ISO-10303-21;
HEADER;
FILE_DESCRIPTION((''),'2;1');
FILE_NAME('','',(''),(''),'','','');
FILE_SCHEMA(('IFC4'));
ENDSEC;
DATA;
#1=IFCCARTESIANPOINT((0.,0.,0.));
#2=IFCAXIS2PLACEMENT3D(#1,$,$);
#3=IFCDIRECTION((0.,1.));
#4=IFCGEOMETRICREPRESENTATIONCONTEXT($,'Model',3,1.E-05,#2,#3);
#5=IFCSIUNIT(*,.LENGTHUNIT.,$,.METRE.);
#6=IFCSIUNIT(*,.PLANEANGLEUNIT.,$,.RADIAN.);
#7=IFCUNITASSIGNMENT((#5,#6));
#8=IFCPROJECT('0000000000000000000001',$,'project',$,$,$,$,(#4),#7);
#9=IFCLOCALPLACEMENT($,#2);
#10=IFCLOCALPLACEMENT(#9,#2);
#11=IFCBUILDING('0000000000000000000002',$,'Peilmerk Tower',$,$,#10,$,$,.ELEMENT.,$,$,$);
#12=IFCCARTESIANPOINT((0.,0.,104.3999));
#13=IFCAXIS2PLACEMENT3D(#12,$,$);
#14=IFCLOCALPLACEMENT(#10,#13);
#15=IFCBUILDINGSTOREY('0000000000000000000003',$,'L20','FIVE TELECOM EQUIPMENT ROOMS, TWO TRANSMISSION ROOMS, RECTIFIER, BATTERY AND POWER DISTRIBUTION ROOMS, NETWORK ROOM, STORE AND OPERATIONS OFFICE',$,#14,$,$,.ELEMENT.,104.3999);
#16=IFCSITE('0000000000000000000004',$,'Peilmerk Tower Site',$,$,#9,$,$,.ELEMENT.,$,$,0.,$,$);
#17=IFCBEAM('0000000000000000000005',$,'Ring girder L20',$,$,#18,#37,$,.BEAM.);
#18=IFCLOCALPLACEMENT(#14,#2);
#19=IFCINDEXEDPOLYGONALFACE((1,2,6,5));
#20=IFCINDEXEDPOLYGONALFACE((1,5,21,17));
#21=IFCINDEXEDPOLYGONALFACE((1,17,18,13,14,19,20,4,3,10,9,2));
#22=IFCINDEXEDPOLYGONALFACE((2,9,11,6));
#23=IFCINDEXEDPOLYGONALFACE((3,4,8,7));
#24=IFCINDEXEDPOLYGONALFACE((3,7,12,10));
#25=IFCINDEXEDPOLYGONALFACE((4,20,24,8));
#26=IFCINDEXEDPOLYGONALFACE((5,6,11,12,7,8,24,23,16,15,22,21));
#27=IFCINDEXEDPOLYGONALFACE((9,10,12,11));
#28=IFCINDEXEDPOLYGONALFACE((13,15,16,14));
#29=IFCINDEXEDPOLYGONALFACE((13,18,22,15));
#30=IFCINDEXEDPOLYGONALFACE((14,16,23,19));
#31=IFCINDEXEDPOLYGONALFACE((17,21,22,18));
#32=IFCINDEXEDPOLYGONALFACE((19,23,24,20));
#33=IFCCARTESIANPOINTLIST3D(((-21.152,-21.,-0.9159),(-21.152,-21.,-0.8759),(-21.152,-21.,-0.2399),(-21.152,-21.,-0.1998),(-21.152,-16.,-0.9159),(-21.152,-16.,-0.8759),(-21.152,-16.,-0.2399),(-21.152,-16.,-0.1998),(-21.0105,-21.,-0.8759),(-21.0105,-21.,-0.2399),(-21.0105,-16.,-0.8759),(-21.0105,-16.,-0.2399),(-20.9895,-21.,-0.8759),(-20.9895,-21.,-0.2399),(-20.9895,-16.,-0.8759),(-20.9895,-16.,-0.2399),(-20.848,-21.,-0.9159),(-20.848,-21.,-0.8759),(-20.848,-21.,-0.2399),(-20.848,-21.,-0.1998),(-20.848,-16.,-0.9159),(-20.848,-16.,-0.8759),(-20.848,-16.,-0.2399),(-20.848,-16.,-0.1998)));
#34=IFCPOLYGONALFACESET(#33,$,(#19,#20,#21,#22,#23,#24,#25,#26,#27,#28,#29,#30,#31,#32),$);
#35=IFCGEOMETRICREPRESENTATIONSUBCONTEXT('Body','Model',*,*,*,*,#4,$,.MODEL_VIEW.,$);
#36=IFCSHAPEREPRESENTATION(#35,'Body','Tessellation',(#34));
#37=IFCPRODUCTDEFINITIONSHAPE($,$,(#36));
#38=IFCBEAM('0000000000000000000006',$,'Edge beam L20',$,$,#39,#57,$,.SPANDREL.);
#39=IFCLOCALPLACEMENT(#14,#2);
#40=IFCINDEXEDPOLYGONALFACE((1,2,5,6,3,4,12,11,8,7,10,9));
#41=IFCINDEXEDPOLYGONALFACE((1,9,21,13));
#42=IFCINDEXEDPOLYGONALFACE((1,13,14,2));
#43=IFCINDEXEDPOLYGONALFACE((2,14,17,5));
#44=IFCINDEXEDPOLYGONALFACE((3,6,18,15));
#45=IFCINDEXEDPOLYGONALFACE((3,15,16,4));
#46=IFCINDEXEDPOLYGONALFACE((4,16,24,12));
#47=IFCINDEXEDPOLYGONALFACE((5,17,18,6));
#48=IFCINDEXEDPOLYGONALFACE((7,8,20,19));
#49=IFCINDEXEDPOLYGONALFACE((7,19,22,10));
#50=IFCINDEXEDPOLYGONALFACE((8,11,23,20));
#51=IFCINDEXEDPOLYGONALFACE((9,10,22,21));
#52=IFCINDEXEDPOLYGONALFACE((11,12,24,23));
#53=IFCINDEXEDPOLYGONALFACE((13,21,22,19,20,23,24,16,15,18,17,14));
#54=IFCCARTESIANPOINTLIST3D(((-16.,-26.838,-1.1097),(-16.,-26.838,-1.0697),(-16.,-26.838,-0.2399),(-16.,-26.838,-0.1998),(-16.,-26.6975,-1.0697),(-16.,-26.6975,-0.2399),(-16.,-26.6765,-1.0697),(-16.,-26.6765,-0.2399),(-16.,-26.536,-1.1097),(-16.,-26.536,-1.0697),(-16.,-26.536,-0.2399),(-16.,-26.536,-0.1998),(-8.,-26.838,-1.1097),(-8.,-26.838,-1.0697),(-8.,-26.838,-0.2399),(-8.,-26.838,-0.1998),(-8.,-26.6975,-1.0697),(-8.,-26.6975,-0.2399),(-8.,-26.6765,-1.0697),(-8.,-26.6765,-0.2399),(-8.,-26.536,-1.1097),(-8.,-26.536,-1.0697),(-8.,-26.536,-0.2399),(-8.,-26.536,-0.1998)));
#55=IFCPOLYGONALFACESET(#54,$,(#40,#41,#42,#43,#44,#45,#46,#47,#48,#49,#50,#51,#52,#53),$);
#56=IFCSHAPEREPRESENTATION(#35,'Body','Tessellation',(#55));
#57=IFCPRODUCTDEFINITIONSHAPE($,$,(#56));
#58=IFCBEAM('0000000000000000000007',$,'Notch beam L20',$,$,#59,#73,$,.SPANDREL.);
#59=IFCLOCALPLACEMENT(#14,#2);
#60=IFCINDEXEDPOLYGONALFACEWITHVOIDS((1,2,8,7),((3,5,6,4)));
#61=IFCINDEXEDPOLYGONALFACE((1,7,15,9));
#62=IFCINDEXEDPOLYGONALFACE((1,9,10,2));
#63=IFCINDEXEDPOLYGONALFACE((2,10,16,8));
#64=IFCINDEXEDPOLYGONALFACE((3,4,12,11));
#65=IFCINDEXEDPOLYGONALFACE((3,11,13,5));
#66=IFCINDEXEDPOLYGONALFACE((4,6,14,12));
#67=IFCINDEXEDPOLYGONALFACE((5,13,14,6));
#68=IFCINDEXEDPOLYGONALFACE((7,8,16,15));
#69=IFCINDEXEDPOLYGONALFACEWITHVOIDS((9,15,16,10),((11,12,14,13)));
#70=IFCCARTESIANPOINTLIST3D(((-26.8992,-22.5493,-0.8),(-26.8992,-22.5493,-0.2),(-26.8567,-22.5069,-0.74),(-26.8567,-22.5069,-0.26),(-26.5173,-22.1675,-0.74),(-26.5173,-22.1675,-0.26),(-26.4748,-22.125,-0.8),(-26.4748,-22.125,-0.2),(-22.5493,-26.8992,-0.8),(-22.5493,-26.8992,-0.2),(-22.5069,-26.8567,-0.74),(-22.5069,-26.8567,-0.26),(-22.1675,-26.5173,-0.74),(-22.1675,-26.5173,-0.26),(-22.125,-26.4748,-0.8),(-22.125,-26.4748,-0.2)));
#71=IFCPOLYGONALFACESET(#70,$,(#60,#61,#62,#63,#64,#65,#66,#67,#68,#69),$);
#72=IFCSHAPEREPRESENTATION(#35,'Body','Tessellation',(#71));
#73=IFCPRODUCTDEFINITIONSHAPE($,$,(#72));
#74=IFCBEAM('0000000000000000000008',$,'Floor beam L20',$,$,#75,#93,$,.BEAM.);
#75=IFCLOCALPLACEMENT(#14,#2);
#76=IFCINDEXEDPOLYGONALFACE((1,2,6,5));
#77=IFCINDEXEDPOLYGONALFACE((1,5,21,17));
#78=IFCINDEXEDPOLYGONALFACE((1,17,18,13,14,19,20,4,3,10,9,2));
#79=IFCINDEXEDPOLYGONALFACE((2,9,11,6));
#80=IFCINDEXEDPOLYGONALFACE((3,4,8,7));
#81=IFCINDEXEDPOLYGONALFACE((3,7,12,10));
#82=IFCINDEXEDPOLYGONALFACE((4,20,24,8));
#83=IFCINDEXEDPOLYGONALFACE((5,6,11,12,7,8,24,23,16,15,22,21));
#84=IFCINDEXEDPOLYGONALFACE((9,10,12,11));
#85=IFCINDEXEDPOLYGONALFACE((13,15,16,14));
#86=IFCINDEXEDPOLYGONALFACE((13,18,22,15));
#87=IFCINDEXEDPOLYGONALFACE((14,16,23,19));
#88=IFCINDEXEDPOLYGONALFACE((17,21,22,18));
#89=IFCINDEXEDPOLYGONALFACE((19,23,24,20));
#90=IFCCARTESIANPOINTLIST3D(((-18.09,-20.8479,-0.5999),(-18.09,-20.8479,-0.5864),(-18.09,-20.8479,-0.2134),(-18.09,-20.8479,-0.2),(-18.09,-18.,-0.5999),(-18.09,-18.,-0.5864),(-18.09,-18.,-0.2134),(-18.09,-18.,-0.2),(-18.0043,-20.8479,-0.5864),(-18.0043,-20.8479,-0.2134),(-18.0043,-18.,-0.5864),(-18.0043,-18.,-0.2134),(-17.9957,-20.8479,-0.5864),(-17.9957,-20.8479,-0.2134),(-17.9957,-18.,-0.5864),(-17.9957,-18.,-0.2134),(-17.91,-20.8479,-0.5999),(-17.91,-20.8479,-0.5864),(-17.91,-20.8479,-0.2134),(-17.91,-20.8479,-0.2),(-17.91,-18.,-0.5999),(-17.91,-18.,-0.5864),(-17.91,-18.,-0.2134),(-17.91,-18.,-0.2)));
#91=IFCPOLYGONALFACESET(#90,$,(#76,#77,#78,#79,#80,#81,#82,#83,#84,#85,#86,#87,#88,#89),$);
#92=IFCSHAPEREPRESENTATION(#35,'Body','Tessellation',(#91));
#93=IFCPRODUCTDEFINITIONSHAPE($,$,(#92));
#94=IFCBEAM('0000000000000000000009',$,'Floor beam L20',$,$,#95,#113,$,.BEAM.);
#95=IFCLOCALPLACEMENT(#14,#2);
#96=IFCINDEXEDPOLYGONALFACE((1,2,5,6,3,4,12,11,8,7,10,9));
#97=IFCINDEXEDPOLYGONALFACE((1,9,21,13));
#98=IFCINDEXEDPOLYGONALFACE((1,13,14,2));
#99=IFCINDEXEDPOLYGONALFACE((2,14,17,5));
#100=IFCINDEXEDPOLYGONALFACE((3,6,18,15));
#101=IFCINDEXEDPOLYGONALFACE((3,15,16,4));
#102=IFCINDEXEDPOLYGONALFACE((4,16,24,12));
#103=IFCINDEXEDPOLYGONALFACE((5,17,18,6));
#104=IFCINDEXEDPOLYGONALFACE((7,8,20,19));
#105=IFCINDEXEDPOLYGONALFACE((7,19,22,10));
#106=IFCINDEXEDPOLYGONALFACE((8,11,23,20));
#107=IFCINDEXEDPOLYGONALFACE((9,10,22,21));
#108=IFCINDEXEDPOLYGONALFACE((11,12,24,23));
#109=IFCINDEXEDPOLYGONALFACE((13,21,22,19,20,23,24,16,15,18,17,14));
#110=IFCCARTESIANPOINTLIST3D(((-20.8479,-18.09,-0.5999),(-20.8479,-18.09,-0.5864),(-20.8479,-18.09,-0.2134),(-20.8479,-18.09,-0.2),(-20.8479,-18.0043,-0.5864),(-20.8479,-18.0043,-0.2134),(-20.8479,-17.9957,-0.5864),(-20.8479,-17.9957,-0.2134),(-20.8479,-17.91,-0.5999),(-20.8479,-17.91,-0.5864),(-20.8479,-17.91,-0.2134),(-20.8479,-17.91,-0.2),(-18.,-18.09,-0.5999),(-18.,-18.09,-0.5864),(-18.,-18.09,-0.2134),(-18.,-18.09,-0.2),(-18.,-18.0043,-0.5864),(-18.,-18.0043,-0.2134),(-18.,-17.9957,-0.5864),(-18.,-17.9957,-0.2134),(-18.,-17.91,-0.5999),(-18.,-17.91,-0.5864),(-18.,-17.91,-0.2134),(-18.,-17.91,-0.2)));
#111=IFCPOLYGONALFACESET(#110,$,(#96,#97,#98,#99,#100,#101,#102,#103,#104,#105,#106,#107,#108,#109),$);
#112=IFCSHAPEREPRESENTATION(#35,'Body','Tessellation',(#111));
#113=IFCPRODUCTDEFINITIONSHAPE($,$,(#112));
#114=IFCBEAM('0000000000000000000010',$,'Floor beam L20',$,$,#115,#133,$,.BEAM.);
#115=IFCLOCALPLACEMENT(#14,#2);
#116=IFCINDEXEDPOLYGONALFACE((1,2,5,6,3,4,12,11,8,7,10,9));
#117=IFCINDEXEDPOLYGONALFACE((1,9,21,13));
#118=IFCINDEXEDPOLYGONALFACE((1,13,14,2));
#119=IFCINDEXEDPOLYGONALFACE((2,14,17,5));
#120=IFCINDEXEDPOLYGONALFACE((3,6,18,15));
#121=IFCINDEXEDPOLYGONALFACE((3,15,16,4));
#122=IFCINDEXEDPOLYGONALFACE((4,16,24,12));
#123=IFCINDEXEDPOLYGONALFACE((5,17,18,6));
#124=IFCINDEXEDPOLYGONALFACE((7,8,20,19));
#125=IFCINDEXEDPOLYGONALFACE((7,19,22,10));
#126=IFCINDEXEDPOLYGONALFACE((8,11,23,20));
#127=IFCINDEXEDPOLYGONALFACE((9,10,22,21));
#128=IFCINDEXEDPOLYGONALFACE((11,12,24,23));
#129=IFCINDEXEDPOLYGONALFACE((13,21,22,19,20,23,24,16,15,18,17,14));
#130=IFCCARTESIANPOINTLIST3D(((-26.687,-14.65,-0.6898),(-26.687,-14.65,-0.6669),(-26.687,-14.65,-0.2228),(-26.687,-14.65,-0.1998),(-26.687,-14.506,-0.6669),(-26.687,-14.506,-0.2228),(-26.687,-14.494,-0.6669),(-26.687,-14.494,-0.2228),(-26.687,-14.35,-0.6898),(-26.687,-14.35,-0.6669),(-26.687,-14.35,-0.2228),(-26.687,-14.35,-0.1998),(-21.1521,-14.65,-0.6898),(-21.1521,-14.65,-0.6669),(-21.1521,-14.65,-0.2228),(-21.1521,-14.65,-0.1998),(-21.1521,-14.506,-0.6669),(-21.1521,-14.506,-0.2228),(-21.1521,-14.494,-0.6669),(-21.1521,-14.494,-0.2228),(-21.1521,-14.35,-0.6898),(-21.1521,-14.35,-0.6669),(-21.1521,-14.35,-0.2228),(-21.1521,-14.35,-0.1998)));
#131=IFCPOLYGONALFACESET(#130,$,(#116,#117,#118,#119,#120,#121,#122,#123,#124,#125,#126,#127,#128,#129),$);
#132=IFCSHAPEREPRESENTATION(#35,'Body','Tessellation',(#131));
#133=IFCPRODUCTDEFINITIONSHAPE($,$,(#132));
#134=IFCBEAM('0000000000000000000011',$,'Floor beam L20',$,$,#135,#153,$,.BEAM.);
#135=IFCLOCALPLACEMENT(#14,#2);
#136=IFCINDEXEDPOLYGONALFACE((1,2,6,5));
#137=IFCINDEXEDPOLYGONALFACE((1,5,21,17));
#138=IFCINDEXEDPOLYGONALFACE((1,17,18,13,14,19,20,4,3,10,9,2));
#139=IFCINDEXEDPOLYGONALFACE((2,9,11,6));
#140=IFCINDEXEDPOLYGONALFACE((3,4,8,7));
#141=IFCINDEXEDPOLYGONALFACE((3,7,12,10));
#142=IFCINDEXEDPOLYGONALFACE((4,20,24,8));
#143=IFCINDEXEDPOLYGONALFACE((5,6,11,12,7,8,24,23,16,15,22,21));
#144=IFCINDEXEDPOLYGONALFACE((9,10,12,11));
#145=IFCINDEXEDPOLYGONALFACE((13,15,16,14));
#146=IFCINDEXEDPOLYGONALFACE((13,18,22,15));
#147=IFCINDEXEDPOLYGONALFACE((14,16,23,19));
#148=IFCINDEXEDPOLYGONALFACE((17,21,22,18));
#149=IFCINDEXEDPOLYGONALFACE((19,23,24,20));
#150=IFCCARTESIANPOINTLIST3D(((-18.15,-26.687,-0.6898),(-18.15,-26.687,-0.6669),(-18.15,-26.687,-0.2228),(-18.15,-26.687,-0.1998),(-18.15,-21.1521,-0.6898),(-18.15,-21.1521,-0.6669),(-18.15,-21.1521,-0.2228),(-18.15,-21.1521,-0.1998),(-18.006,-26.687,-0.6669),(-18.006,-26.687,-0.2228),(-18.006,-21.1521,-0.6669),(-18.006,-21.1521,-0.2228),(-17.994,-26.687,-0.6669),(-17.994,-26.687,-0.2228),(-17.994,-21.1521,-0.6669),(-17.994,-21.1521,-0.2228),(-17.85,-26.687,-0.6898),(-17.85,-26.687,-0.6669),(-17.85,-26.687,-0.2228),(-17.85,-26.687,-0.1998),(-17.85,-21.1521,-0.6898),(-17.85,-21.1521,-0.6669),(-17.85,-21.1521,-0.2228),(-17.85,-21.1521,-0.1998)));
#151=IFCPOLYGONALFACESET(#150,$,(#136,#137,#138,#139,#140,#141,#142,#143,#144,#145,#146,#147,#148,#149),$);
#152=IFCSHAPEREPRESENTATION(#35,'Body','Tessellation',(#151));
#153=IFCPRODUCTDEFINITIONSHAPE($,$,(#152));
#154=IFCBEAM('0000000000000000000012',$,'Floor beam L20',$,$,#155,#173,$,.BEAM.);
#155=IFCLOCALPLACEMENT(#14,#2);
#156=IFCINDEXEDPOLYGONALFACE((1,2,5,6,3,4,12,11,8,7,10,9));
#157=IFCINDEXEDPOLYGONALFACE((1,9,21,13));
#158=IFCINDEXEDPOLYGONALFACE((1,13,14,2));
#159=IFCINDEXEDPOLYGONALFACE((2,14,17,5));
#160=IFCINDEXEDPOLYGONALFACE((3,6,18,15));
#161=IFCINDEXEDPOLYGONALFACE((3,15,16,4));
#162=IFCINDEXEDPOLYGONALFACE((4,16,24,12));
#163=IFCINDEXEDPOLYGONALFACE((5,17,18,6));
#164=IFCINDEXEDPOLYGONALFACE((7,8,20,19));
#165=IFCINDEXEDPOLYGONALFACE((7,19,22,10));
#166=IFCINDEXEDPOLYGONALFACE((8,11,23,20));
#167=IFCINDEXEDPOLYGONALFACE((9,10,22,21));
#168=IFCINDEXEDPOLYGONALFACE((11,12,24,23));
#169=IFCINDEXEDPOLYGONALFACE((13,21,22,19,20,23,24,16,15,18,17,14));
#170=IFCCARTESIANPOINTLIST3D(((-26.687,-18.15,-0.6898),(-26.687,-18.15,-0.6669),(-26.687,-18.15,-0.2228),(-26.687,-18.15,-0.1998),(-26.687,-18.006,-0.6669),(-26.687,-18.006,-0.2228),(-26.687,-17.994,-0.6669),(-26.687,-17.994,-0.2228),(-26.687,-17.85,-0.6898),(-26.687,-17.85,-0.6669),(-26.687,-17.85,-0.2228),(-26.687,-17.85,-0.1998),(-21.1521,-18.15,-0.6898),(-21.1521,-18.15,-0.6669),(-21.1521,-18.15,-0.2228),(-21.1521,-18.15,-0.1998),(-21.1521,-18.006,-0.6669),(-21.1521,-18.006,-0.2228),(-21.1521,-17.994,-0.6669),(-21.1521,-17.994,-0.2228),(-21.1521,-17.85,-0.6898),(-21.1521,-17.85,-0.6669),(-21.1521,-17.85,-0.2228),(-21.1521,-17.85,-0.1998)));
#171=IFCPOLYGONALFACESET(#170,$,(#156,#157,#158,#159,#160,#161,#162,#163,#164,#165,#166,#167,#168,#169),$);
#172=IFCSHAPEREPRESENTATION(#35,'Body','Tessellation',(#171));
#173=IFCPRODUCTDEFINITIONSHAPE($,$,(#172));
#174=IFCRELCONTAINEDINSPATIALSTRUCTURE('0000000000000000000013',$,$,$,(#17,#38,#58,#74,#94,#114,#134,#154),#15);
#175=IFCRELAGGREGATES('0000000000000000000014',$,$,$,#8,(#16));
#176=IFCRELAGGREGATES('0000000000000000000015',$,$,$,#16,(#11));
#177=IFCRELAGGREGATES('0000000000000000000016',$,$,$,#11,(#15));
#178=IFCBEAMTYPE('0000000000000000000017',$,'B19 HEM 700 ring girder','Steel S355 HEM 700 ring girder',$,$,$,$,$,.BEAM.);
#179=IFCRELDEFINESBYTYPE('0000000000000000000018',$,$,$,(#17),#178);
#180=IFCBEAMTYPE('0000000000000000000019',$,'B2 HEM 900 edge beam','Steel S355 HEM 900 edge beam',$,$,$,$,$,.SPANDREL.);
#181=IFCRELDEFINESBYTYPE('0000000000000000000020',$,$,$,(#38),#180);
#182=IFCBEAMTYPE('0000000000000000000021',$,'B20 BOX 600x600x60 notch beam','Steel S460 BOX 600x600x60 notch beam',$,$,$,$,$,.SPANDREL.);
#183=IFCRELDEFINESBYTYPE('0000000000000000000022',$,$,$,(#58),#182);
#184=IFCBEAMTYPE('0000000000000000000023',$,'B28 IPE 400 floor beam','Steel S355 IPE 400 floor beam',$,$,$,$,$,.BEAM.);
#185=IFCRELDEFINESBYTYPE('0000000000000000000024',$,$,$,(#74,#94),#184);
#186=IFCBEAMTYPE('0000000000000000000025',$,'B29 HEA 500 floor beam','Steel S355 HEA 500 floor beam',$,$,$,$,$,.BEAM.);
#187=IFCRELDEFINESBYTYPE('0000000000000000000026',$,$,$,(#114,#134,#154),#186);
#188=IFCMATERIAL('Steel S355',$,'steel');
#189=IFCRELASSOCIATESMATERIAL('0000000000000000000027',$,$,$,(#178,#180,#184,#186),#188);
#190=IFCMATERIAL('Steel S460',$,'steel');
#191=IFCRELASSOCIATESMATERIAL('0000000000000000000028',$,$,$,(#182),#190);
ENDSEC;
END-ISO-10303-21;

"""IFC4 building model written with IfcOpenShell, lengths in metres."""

from ifc_helpers import new_model, si_unit, direction, frame, origin, origin_2d, place, context, subcontext, project, spatial, hollow_rectangle, i_section, extrude, material, material_profile, profile_set, type_object, element, save


model = new_model("IFC4")

# Units and contexts
model_context = context("Model", 3, precision=1e-05, world=origin(), true_north=direction((0.0, 1.0)))
body_context = subcontext(model_context, "Body", "Model", "MODEL_VIEW")
ifc_project = project(units=[si_unit("LENGTHUNIT", "METRE"), si_unit("PLANEANGLEUNIT", "RADIAN")], contexts=[model_context])

# Site, building, storey
site_placement = place(None, origin())
site = spatial("IfcSite", under=ifc_project, at=site_placement, Name="Peilmerk Tower Site", CompositionType="ELEMENT", RefElevation=0.0)
building_placement = place(site_placement, origin())
building = spatial("IfcBuilding", under=site, at=building_placement, Name="Peilmerk Tower", CompositionType="ELEMENT")
storey_placement = place(building_placement, frame((0.0, 0.0, 104.3999)))
storey = spatial("IfcBuildingStorey", under=building, at=storey_placement, Name="L20", Description="FIVE TELECOM EQUIPMENT ROOMS, TWO TRANSMISSION ROOMS, RECTIFIER, BATTERY AND POWER DISTRIBUTION ROOMS, NETWORK ROOM, STORE AND OPERATIONS OFFICE", CompositionType="ELEMENT", Elevation=104.3999)

# Shared definitions
ifc_material_1 = material(Name="Steel S460", Category="steel")

# Beams
ifc_material_2 = material(Name="Steel S355", Category="steel")
ifc_material_profile_1 = material_profile(ifc_material_2, i_section(OverallWidth=0.304, OverallDepth=0.7161, WebThickness=0.021, FlangeThickness=0.04, at=origin_2d()), Name="HEM 700")
ifc_profile_set_1 = profile_set([ifc_material_profile_1], Name="Steel S355")
beam_type_1 = type_object("IfcBeamType", Name="B19 HEM 700 ring girder", Description="Steel S355 HEM 700 ring girder", PredefinedType="BEAM", material=ifc_profile_set_1)
for number, where, z_axis, x_axis, name in (
    (1, (-21.0, -16.0, -0.5579), (0.0, -1.0, 0.0), (1.0, 0.0, 0.0), "Ring girder L20"),
):
    element("IfcBeam", number, at=place(storey_placement, frame(where, z_axis=z_axis, x_axis=x_axis)), inside=storey, type_object=beam_type_1, Name=name, PredefinedType="BEAM", context=body_context, shape_type="SweptSolid", body=[
        extrude(i_section(OverallWidth=0.304, OverallDepth=0.7161, WebThickness=0.021, FlangeThickness=0.04, at=origin_2d()), origin(), (0.0, 0.0, 1.0), 5.0),
    ])
ifc_material_profile_2 = material_profile(ifc_material_2, i_section(OverallWidth=0.302, OverallDepth=0.9099, WebThickness=0.021, FlangeThickness=0.04, at=origin_2d()), Name="HEM 900")
ifc_profile_set_2 = profile_set([ifc_material_profile_2], Name="Steel S355")
beam_type_2 = type_object("IfcBeamType", Name="B2 HEM 900 edge beam", Description="Steel S355 HEM 900 edge beam", PredefinedType="SPANDREL", material=ifc_profile_set_2)
beam_1_placement = place(storey_placement, frame((-16.0, -26.687, -0.6548), z_axis=(1.0, 0.0, 0.0), x_axis=(0.0, 1.0, 0.0)))
element("IfcBeam", 2, at=beam_1_placement, inside=storey, type_object=beam_type_2, Name="Edge beam L20", PredefinedType="SPANDREL", context=body_context, shape_type="SweptSolid", body=[
    extrude(i_section(OverallWidth=0.302, OverallDepth=0.9099, WebThickness=0.021, FlangeThickness=0.04, at=origin_2d()), origin(), (0.0, 0.0, 1.0), 8.0),
])
ifc_material_profile_3 = material_profile(ifc_material_1, hollow_rectangle(XDim=0.6001, YDim=0.6001, WallThickness=0.0601, at=origin_2d()), Name="BOX 600x600x60")
ifc_profile_set_3 = profile_set([ifc_material_profile_3], Name="Steel S460")
beam_type_3 = type_object("IfcBeamType", Name="B20 BOX 600x600x60 notch beam", Description="Steel S460 BOX 600x600x60 notch beam", PredefinedType="SPANDREL", material=ifc_profile_set_3)
beam_2_placement = place(storey_placement, frame((-22.3372, -26.687, -0.5), z_axis=(-0.707107, 0.707107, 0.0), x_axis=(-0.707107, -0.707107, 0.0)))
element("IfcBeam", 3, at=beam_2_placement, inside=storey, type_object=beam_type_3, Name="Notch beam L20", PredefinedType="SPANDREL", context=body_context, shape_type="SweptSolid", body=[
    extrude(hollow_rectangle(XDim=0.6001, YDim=0.6001, WallThickness=0.0601, at=origin_2d()), origin(), (0.0, 0.0, 1.0), 6.1516),
])
ifc_material_profile_4 = material_profile(ifc_material_2, i_section(OverallWidth=0.1799, OverallDepth=0.3999, WebThickness=0.0085, FlangeThickness=0.0134, at=origin_2d()), Name="IPE 400")
ifc_profile_set_4 = profile_set([ifc_material_profile_4], Name="Steel S355")
beam_type_4 = type_object("IfcBeamType", Name="B28 IPE 400 floor beam", Description="Steel S355 IPE 400 floor beam", PredefinedType="BEAM", material=ifc_profile_set_4)
for number, where, z_axis, x_axis, name in (
    (4, (-18.0, -18.0, -0.3999), (0.0, -1.0, 0.0), (1.0, 0.0, 0.0), "Floor beam L20"),
    (5, (-18.0, -18.0, -0.3999), (-1.0, 0.0, 0.0), (0.0, -1.0, 0.0), "Floor beam L20"),
):
    element("IfcBeam", number, at=place(storey_placement, frame(where, z_axis=z_axis, x_axis=x_axis)), inside=storey, type_object=beam_type_4, Name=name, PredefinedType="BEAM", context=body_context, shape_type="SweptSolid", body=[
        extrude(i_section(OverallWidth=0.1799, OverallDepth=0.3999, WebThickness=0.0085, FlangeThickness=0.0134, at=origin_2d()), origin(), (0.0, 0.0, 1.0), 2.8479),
    ])
ifc_material_profile_5 = material_profile(ifc_material_2, i_section(OverallWidth=0.3, OverallDepth=0.49, WebThickness=0.012, FlangeThickness=0.0229, at=origin_2d()), Name="HEA 500")
ifc_profile_set_5 = profile_set([ifc_material_profile_5], Name="Steel S355")
beam_type_5 = type_object("IfcBeamType", Name="B29 HEA 500 floor beam", Description="Steel S355 HEA 500 floor beam", PredefinedType="BEAM", material=ifc_profile_set_5)
for number, where, z_axis, x_axis, name in (
    (6, (-21.1521, -14.5, -0.4448), (-1.0, 0.0, 0.0), (0.0, -1.0, 0.0), "Floor beam L20"),
    (7, (-18.0, -21.1521, -0.4448), (0.0, -1.0, 0.0), (1.0, 0.0, 0.0), "Floor beam L20"),
    (8, (-21.1521, -18.0, -0.4448), (-1.0, 0.0, 0.0), (0.0, -1.0, 0.0), "Floor beam L20"),
):
    element("IfcBeam", number, at=place(storey_placement, frame(where, z_axis=z_axis, x_axis=x_axis)), inside=storey, type_object=beam_type_5, Name=name, PredefinedType="BEAM", context=body_context, shape_type="SweptSolid", body=[
        extrude(i_section(OverallWidth=0.3, OverallDepth=0.49, WebThickness=0.012, FlangeThickness=0.0229, at=origin_2d()), origin(), (0.0, 0.0, 1.0), 5.5349),
    ])

save(model, "model.ifc")
